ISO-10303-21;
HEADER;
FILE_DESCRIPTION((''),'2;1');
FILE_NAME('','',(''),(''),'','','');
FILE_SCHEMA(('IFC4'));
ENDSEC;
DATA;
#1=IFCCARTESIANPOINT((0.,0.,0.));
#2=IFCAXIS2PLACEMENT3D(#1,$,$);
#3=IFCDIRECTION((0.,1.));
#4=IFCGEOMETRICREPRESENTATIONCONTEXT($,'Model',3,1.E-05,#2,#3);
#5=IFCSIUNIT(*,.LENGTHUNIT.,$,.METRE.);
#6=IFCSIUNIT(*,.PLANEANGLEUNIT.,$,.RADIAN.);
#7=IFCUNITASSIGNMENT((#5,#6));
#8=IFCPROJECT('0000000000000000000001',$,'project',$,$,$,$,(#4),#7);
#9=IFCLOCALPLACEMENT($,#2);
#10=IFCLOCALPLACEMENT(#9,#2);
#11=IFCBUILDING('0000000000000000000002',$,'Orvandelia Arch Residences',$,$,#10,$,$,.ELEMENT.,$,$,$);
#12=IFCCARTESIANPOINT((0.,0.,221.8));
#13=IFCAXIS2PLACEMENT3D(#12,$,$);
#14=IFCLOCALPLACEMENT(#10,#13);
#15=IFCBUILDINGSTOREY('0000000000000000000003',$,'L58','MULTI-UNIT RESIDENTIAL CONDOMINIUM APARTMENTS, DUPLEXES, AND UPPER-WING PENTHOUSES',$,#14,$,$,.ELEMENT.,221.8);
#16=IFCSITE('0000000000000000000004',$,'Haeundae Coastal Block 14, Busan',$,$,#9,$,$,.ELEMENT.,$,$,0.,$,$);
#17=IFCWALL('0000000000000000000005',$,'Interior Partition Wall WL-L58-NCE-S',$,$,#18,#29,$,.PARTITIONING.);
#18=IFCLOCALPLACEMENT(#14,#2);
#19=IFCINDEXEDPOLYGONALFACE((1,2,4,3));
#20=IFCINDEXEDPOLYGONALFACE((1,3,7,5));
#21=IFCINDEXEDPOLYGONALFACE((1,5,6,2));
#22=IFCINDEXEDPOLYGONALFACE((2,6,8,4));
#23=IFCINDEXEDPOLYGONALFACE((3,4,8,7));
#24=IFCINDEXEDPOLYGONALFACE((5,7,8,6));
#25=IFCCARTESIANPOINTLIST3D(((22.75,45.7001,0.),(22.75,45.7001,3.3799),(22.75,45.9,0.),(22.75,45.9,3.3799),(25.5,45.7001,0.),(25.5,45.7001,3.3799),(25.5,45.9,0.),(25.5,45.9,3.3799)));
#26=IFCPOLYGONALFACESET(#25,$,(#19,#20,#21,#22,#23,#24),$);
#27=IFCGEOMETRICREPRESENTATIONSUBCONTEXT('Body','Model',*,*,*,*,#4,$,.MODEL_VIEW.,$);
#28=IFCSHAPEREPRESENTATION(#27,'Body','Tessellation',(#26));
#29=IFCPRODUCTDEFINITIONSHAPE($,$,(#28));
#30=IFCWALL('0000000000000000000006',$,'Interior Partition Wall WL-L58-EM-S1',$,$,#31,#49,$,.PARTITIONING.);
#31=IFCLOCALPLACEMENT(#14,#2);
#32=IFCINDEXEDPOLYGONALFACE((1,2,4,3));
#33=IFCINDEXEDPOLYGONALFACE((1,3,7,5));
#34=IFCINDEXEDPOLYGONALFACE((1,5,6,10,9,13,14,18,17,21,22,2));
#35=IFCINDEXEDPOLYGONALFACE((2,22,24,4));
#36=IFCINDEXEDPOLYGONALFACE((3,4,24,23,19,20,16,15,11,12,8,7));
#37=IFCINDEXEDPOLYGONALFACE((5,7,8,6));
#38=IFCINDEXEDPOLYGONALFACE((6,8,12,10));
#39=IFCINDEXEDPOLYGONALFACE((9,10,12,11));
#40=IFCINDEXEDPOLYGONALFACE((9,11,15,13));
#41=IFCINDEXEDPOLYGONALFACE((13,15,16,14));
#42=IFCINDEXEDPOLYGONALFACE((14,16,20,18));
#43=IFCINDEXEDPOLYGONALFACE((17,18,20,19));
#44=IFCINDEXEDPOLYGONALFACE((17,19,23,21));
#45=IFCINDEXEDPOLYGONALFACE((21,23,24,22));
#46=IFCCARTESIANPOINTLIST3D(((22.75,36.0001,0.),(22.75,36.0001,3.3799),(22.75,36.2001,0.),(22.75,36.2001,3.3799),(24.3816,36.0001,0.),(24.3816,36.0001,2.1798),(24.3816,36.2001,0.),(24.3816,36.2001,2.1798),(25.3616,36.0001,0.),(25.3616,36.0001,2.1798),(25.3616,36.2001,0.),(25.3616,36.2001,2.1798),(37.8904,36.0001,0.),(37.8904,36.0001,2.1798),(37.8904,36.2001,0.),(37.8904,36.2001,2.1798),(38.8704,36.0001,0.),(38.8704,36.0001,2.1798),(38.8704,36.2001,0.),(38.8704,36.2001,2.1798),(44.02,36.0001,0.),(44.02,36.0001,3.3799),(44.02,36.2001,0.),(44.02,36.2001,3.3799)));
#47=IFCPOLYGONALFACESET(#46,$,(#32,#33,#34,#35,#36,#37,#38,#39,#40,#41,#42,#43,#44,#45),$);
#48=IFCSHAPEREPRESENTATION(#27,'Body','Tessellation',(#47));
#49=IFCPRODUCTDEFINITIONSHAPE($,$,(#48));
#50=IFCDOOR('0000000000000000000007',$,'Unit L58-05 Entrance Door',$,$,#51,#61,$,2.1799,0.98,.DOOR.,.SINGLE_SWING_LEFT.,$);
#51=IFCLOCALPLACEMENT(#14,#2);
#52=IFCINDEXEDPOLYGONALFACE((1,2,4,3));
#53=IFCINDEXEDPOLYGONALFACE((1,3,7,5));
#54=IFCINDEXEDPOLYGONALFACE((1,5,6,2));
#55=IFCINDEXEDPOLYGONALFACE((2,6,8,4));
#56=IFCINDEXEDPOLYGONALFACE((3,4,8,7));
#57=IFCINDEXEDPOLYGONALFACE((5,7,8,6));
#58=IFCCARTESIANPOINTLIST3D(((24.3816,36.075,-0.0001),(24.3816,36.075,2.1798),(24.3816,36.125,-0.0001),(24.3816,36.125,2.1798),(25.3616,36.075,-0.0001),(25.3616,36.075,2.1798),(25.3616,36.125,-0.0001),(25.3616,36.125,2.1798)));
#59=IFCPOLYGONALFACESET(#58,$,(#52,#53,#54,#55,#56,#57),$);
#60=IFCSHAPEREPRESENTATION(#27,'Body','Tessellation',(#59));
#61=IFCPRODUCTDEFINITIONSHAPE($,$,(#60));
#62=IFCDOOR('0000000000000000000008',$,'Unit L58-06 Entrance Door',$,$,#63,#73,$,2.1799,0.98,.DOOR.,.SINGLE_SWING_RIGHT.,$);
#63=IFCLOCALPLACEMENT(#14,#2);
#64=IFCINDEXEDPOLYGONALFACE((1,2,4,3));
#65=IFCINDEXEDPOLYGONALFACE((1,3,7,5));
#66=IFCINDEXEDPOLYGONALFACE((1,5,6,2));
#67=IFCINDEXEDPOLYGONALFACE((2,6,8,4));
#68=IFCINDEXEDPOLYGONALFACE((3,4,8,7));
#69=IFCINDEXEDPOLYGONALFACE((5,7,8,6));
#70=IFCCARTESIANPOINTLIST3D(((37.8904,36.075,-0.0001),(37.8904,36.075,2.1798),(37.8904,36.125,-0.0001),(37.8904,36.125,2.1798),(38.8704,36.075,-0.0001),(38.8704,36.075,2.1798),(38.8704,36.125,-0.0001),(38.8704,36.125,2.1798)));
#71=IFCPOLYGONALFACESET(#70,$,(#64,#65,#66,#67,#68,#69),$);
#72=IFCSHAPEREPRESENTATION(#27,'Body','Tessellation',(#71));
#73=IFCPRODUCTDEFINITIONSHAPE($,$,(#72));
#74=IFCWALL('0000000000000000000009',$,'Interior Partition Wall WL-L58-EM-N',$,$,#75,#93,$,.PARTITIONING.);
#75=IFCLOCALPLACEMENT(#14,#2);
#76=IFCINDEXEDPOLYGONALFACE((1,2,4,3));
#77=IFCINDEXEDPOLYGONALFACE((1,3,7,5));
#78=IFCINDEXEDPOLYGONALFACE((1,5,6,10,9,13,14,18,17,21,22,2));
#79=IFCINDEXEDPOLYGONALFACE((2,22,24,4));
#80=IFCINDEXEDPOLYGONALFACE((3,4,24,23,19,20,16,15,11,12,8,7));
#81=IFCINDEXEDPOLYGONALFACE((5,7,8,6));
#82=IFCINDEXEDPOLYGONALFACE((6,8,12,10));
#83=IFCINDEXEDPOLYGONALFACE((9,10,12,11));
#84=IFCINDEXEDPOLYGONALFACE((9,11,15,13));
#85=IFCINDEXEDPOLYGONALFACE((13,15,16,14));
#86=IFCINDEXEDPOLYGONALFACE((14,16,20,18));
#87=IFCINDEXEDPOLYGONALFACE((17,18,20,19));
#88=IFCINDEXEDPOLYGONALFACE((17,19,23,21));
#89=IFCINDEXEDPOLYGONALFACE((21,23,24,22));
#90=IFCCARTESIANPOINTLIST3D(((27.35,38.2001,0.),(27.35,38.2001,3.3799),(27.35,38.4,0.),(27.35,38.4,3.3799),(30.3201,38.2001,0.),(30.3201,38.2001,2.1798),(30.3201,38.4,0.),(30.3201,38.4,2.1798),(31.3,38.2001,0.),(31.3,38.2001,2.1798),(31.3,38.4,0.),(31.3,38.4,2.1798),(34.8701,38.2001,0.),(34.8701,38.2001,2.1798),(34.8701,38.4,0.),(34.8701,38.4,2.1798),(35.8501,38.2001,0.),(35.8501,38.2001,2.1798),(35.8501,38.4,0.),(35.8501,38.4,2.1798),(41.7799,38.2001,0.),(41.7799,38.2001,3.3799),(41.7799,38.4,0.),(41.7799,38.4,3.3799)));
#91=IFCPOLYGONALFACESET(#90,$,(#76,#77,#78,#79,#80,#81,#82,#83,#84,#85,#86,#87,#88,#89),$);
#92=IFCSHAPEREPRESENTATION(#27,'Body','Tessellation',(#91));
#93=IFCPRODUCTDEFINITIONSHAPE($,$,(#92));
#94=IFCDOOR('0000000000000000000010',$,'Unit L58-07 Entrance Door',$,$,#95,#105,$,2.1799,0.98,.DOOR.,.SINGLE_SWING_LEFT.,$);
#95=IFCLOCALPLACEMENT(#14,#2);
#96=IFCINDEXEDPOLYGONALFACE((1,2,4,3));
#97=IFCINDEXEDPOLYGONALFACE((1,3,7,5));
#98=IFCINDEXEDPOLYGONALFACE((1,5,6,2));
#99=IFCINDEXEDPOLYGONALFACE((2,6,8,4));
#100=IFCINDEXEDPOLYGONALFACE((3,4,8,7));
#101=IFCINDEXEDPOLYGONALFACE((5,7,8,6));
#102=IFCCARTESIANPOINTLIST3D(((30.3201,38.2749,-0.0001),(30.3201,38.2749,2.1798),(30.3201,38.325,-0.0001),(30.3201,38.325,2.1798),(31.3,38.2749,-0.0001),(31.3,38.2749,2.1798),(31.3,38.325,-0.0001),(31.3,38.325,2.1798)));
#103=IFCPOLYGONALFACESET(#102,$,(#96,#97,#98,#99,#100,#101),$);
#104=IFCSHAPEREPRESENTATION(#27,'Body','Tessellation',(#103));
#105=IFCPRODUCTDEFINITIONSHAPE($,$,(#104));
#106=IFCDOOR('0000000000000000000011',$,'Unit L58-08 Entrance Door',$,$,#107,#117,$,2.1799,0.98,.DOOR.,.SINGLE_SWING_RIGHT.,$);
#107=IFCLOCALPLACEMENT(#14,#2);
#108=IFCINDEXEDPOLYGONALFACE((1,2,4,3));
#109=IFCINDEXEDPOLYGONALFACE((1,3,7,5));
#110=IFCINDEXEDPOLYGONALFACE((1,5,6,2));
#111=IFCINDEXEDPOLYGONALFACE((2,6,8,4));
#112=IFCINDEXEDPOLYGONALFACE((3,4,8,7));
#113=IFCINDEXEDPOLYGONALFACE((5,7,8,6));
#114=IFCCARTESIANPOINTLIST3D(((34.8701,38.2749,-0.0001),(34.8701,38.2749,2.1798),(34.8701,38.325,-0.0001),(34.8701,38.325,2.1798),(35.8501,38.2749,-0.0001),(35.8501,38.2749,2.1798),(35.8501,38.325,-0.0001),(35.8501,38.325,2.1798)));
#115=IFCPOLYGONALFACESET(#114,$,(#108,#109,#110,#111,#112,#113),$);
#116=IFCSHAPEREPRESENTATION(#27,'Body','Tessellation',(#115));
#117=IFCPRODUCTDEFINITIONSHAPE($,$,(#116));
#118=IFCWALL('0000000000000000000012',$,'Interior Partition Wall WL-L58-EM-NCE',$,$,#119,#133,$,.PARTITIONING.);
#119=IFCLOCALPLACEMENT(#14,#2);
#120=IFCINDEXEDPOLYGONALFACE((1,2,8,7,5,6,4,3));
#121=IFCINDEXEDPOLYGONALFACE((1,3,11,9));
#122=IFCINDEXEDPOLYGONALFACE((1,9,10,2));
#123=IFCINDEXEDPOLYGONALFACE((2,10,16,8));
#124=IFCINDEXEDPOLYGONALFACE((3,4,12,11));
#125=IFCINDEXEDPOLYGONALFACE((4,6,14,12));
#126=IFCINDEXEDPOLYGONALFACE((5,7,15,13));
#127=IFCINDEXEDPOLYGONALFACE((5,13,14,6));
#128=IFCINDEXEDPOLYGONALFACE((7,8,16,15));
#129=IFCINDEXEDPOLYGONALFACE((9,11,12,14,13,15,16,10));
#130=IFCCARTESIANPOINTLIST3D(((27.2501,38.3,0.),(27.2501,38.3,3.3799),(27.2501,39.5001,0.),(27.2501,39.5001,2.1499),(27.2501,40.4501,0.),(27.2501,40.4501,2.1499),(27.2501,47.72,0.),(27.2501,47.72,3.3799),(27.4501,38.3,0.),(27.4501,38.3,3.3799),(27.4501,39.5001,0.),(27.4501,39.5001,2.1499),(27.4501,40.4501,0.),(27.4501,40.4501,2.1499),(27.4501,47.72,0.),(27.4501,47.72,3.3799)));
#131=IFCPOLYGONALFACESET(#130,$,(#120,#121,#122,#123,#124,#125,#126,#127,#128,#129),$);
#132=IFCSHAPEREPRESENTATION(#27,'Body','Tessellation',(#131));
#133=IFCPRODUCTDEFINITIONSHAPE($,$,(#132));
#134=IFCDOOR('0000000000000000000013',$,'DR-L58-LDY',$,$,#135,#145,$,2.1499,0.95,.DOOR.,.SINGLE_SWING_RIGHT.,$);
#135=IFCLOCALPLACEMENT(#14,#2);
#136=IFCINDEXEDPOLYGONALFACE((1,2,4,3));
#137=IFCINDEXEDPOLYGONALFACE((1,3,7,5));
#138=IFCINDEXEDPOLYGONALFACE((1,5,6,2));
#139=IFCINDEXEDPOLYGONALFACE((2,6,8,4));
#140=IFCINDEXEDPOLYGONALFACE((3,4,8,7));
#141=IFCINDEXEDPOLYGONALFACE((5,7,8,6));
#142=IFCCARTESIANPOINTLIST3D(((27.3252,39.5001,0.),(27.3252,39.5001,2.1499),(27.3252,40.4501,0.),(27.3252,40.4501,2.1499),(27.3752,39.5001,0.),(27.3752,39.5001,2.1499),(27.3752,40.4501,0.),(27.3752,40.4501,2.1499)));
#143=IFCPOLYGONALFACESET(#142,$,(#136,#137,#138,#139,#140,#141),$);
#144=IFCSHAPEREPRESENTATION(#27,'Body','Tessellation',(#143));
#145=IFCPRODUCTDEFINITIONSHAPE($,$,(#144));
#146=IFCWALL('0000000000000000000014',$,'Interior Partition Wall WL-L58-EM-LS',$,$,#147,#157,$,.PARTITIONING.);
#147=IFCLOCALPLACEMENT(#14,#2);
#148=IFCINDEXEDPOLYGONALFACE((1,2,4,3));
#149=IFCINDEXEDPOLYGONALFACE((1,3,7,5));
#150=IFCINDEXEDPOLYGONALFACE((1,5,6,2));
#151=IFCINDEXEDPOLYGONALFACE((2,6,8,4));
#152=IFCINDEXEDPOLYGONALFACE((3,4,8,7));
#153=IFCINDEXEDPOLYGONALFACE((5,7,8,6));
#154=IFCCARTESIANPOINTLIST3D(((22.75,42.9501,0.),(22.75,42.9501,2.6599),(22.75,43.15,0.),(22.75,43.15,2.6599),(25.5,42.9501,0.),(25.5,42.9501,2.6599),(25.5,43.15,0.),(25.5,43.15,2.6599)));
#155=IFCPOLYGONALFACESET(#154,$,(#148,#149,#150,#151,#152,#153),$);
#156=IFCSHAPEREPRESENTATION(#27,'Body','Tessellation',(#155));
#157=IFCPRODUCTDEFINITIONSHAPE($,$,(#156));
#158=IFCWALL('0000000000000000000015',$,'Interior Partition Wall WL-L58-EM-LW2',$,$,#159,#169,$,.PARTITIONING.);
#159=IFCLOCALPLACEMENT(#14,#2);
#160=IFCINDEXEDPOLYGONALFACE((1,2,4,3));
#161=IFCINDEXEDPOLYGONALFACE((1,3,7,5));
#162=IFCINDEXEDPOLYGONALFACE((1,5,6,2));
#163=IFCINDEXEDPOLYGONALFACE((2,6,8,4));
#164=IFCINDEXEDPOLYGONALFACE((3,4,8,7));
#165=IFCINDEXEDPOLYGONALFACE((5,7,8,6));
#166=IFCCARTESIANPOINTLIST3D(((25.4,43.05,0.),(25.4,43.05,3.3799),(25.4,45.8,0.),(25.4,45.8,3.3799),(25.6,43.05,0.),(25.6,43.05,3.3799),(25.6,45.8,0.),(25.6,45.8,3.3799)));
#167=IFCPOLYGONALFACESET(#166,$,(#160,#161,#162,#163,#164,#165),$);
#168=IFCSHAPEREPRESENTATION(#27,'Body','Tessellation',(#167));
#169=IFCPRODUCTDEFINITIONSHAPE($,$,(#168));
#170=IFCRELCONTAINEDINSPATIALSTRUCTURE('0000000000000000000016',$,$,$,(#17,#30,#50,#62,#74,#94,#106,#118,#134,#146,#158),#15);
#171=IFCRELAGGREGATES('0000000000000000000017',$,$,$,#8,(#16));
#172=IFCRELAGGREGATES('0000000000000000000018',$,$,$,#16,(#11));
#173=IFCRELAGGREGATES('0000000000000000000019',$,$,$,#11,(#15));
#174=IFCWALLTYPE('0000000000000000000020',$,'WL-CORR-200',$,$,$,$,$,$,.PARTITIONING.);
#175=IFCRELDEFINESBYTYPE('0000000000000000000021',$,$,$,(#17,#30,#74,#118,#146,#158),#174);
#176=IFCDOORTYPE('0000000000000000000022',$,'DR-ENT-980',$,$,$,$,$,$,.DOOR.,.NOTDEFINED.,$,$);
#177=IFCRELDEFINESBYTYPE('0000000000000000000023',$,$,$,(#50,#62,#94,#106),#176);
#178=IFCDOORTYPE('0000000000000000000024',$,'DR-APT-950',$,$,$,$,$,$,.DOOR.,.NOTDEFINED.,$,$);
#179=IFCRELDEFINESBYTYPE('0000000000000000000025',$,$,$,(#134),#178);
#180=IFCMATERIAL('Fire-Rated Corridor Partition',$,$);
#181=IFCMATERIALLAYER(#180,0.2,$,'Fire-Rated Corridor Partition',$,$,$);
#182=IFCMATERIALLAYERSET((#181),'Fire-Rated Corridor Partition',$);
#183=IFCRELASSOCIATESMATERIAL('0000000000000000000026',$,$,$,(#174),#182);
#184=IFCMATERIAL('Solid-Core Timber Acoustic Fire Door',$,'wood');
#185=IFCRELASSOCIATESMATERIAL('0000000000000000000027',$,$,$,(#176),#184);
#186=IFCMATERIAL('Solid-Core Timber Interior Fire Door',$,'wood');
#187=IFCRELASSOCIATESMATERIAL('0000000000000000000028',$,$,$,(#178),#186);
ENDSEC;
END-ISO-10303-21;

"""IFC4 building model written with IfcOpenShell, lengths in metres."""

from ifc_helpers import new_model, si_unit, direction, frame, frame_2d, origin, place, context, subcontext, project, spatial, rectangle, extrude, material, layer, layer_set, type_object, element, fill, save


model = new_model("IFC4")

# Units and contexts
model_context = context("Model", 3, precision=1e-05, world=origin(), true_north=direction((0.0, 1.0)))
body_context = subcontext(model_context, "Body", "Model", "MODEL_VIEW")
ifc_project = project(units=[si_unit("LENGTHUNIT", "METRE"), si_unit("PLANEANGLEUNIT", "RADIAN")], contexts=[model_context])

# Site, building, storey
site_placement = place(None, origin())
site = spatial("IfcSite", under=ifc_project, at=site_placement, Name="Haeundae Coastal Block 14, Busan", CompositionType="ELEMENT", RefElevation=0.0)
building_placement = place(site_placement, origin())
building = spatial("IfcBuilding", under=site, at=building_placement, Name="Orvandelia Arch Residences", CompositionType="ELEMENT")
storey_placement = place(building_placement, frame((0.0, 0.0, 221.8)))
storey = spatial("IfcBuildingStorey", under=building, at=storey_placement, Name="L58", Description="MULTI-UNIT RESIDENTIAL CONDOMINIUM APARTMENTS, DUPLEXES, AND UPPER-WING PENTHOUSES", CompositionType="ELEMENT", Elevation=221.8)

# Wall
ifc_material_1 = material(Name="Fire-Rated Corridor Partition")
ifc_layer_1 = layer(ifc_material_1, 0.2, Name="Fire-Rated Corridor Partition")
ifc_layer_set_1 = layer_set([ifc_layer_1], Name="Fire-Rated Corridor Partition")
wall_type_1 = type_object("IfcWallType", Name="WL-CORR-200", PredefinedType="PARTITIONING", material=ifc_layer_set_1)
wall_1_placement = place(storey_placement, frame((22.75, 45.8, 0.0), z_axis=(0.0, 0.0, 1.0), x_axis=(1.0, 0.0, 0.0)))
element("IfcWall", 1, at=wall_1_placement, inside=storey, type_object=wall_type_1, Name="Interior Partition Wall WL-L58-NCE-S", PredefinedType="PARTITIONING", context=body_context, shape_type="SweptSolid", body=[
    extrude(rectangle(XDim=2.75, YDim=0.2, at=frame_2d((1.375, 0.0))), origin(), (0.0, 0.0, 1.0), 3.3799),
])

# Walls, openings, doors
wall_2_placement = place(storey_placement, frame((22.75, 36.1001, 0.0), z_axis=(0.0, 0.0, 1.0), x_axis=(1.0, 0.0, 0.0)))
wall_2 = element("IfcWall", 2, at=wall_2_placement, inside=storey, type_object=wall_type_1, Name="Interior Partition Wall WL-L58-EM-S1", PredefinedType="PARTITIONING", context=body_context, shape_type="SweptSolid", body=[
    extrude(rectangle(XDim=21.27, YDim=0.2, at=frame_2d((10.635, 0.0))), origin(), (0.0, 0.0, 1.0), 3.3799),
])
opening_1_placement = place(wall_2_placement, frame((1.6316, 0.0, 0.0)))
opening_1 = element("IfcOpeningElement", 3, at=opening_1_placement, cuts=wall_2, PredefinedType="OPENING", context=body_context, shape_type="SweptSolid", body=[
    extrude(rectangle(XDim=0.98, YDim=2.1799, at=frame_2d((0.49, 1.0898))), frame((0.0, 0.1099, 0.0), z_axis=(0.0, -1.0, 0.0), x_axis=(1.0, 0.0, 0.0)), (0.0, 0.0, 1.0), 0.22),
])
opening_2_placement = place(wall_2_placement, frame((15.1404, 0.0, 0.0)))
opening_2 = element("IfcOpeningElement", 4, at=opening_2_placement, cuts=wall_2, PredefinedType="OPENING", context=body_context, shape_type="SweptSolid", body=[
    extrude(rectangle(XDim=0.98, YDim=2.1799, at=frame_2d((0.49, 1.0898))), frame((0.0, 0.1099, 0.0), z_axis=(0.0, -1.0, 0.0), x_axis=(1.0, 0.0, 0.0)), (0.0, 0.0, 1.0), 0.22),
])
ifc_material_2 = material(Name="Solid-Core Timber Acoustic Fire Door", Category="wood")
door_type_1 = type_object("IfcDoorType", Name="DR-ENT-980", OperationType="NOTDEFINED", PredefinedType="DOOR", material=ifc_material_2)
door_1_placement = place(opening_1_placement, origin())
door_1 = element("IfcDoor", 5, at=door_1_placement, inside=storey, type_object=door_type_1, Name="Unit L58-05 Entrance Door", OperationType="SINGLE_SWING_LEFT", OverallHeight=2.1799, OverallWidth=0.98, PredefinedType="DOOR", context=body_context, shape_type="SweptSolid", body=[
    extrude(rectangle(XDim=0.98, YDim=2.1799, at=frame_2d((0.49, 1.0898))), frame((0.0, 0.0249, 0.0), z_axis=(0.0, -1.0, 0.0), x_axis=(1.0, 0.0, 0.0)), (0.0, 0.0, 1.0), 0.05),
])
fill(opening_1, door_1)
door_2_placement = place(opening_2_placement, origin())
door_2 = element("IfcDoor", 6, at=door_2_placement, inside=storey, type_object=door_type_1, Name="Unit L58-06 Entrance Door", OperationType="SINGLE_SWING_RIGHT", OverallHeight=2.1799, OverallWidth=0.98, PredefinedType="DOOR", context=body_context, shape_type="SweptSolid", body=[
    extrude(rectangle(XDim=0.98, YDim=2.1799, at=frame_2d((0.49, 1.0898))), frame((0.0, 0.0249, 0.0), z_axis=(0.0, -1.0, 0.0), x_axis=(1.0, 0.0, 0.0)), (0.0, 0.0, 1.0), 0.05),
])
fill(opening_2, door_2)
wall_3_placement = place(storey_placement, frame((27.3501, 38.3, 0.0), z_axis=(0.0, 0.0, 1.0), x_axis=(1.0, 0.0, 0.0)))
wall_3 = element("IfcWall", 7, at=wall_3_placement, inside=storey, type_object=wall_type_1, Name="Interior Partition Wall WL-L58-EM-N", PredefinedType="PARTITIONING", context=body_context, shape_type="SweptSolid", body=[
    extrude(rectangle(XDim=14.4299, YDim=0.2, at=frame_2d((7.2148, 0.0))), origin(), (0.0, 0.0, 1.0), 3.3799),
])
opening_3_placement = place(wall_3_placement, frame((2.97, 0.0, 0.0)))
opening_3 = element("IfcOpeningElement", 8, at=opening_3_placement, cuts=wall_3, PredefinedType="OPENING", context=body_context, shape_type="SweptSolid", body=[
    extrude(rectangle(XDim=0.98, YDim=2.1799, at=frame_2d((0.49, 1.0898))), frame((0.0, 0.1099, 0.0), z_axis=(0.0, -1.0, 0.0), x_axis=(1.0, 0.0, 0.0)), (0.0, 0.0, 1.0), 0.22),
])
opening_4_placement = place(wall_3_placement, frame((7.52, 0.0, 0.0)))
opening_4 = element("IfcOpeningElement", 9, at=opening_4_placement, cuts=wall_3, PredefinedType="OPENING", context=body_context, shape_type="SweptSolid", body=[
    extrude(rectangle(XDim=0.98, YDim=2.1799, at=frame_2d((0.49, 1.0898))), frame((0.0, 0.1099, 0.0), z_axis=(0.0, -1.0, 0.0), x_axis=(1.0, 0.0, 0.0)), (0.0, 0.0, 1.0), 0.22),
])
door_3_placement = place(opening_3_placement, origin())
door_3 = element("IfcDoor", 10, at=door_3_placement, inside=storey, type_object=door_type_1, Name="Unit L58-07 Entrance Door", OperationType="SINGLE_SWING_LEFT", OverallHeight=2.1799, OverallWidth=0.98, PredefinedType="DOOR", context=body_context, shape_type="SweptSolid", body=[
    extrude(rectangle(XDim=0.98, YDim=2.1799, at=frame_2d((0.49, 1.0898))), frame((0.0, 0.0249, 0.0), z_axis=(0.0, -1.0, 0.0), x_axis=(1.0, 0.0, 0.0)), (0.0, 0.0, 1.0), 0.05),
])
fill(opening_3, door_3)
door_4_placement = place(opening_4_placement, origin())
door_4 = element("IfcDoor", 11, at=door_4_placement, inside=storey, type_object=door_type_1, Name="Unit L58-08 Entrance Door", OperationType="SINGLE_SWING_RIGHT", OverallHeight=2.1799, OverallWidth=0.98, PredefinedType="DOOR", context=body_context, shape_type="SweptSolid", body=[
    extrude(rectangle(XDim=0.98, YDim=2.1799, at=frame_2d((0.49, 1.0898))), frame((0.0, 0.0249, 0.0), z_axis=(0.0, -1.0, 0.0), x_axis=(1.0, 0.0, 0.0)), (0.0, 0.0, 1.0), 0.05),
])
fill(opening_4, door_4)

# Wall, opening, door
wall_4_placement = place(storey_placement, frame((27.3501, 38.3, 0.0), z_axis=(0.0, 0.0, 1.0), x_axis=(0.0, 1.0, 0.0)))
wall_4 = element("IfcWall", 12, at=wall_4_placement, inside=storey, type_object=wall_type_1, Name="Interior Partition Wall WL-L58-EM-NCE", PredefinedType="PARTITIONING", context=body_context, shape_type="SweptSolid", body=[
    extrude(rectangle(XDim=9.4199, YDim=0.2, at=frame_2d((4.71, 0.0))), origin(), (0.0, 0.0, 1.0), 3.3799),
])
opening_5_placement = place(wall_4_placement, frame((1.2, 0.0, 0.0)))
opening_5 = element("IfcOpeningElement", 13, at=opening_5_placement, cuts=wall_4, PredefinedType="OPENING", context=body_context, shape_type="SweptSolid", body=[
    extrude(rectangle(XDim=0.95, YDim=2.1499, at=frame_2d((0.4751, 1.075))), frame((0.0, 0.1099, 0.0), z_axis=(0.0, -1.0, 0.0), x_axis=(1.0, 0.0, 0.0)), (0.0, 0.0, 1.0), 0.22),
])
ifc_material_3 = material(Name="Solid-Core Timber Interior Fire Door", Category="wood")
door_type_2 = type_object("IfcDoorType", Name="DR-APT-950", OperationType="NOTDEFINED", PredefinedType="DOOR", material=ifc_material_3)
door_5_placement = place(opening_5_placement, origin())
door_5 = element("IfcDoor", 14, at=door_5_placement, inside=storey, type_object=door_type_2, Name="DR-L58-LDY", OperationType="SINGLE_SWING_RIGHT", OverallHeight=2.1499, OverallWidth=0.95, PredefinedType="DOOR", context=body_context, shape_type="SweptSolid", body=[
    extrude(rectangle(XDim=0.95, YDim=2.1499, at=frame_2d((0.4751, 1.075))), frame((0.0, 0.0249, 0.0), z_axis=(0.0, -1.0, 0.0), x_axis=(1.0, 0.0, 0.0)), (0.0, 0.0, 1.0), 0.05),
])
fill(opening_5, door_5)

# Walls
wall_5_placement = place(storey_placement, frame((22.75, 43.05, 0.0), z_axis=(0.0, 0.0, 1.0), x_axis=(1.0, 0.0, 0.0)))
element("IfcWall", 15, at=wall_5_placement, inside=storey, type_object=wall_type_1, Name="Interior Partition Wall WL-L58-EM-LS", PredefinedType="PARTITIONING", context=body_context, shape_type="SweptSolid", body=[
    extrude(rectangle(XDim=2.75, YDim=0.2, at=frame_2d((1.375, 0.0))), origin(), (0.0, 0.0, 1.0), 2.6599),
])
wall_6_placement = place(storey_placement, frame((25.5, 43.05, 0.0), z_axis=(0.0, 0.0, 1.0), x_axis=(0.0, 1.0, 0.0)))
element("IfcWall", 16, at=wall_6_placement, inside=storey, type_object=wall_type_1, Name="Interior Partition Wall WL-L58-EM-LW2", PredefinedType="PARTITIONING", context=body_context, shape_type="SweptSolid", body=[
    extrude(rectangle(XDim=2.75, YDim=0.2, at=frame_2d((1.375, 0.0))), origin(), (0.0, 0.0, 1.0), 3.3799),
])

save(model, "model.ifc")
